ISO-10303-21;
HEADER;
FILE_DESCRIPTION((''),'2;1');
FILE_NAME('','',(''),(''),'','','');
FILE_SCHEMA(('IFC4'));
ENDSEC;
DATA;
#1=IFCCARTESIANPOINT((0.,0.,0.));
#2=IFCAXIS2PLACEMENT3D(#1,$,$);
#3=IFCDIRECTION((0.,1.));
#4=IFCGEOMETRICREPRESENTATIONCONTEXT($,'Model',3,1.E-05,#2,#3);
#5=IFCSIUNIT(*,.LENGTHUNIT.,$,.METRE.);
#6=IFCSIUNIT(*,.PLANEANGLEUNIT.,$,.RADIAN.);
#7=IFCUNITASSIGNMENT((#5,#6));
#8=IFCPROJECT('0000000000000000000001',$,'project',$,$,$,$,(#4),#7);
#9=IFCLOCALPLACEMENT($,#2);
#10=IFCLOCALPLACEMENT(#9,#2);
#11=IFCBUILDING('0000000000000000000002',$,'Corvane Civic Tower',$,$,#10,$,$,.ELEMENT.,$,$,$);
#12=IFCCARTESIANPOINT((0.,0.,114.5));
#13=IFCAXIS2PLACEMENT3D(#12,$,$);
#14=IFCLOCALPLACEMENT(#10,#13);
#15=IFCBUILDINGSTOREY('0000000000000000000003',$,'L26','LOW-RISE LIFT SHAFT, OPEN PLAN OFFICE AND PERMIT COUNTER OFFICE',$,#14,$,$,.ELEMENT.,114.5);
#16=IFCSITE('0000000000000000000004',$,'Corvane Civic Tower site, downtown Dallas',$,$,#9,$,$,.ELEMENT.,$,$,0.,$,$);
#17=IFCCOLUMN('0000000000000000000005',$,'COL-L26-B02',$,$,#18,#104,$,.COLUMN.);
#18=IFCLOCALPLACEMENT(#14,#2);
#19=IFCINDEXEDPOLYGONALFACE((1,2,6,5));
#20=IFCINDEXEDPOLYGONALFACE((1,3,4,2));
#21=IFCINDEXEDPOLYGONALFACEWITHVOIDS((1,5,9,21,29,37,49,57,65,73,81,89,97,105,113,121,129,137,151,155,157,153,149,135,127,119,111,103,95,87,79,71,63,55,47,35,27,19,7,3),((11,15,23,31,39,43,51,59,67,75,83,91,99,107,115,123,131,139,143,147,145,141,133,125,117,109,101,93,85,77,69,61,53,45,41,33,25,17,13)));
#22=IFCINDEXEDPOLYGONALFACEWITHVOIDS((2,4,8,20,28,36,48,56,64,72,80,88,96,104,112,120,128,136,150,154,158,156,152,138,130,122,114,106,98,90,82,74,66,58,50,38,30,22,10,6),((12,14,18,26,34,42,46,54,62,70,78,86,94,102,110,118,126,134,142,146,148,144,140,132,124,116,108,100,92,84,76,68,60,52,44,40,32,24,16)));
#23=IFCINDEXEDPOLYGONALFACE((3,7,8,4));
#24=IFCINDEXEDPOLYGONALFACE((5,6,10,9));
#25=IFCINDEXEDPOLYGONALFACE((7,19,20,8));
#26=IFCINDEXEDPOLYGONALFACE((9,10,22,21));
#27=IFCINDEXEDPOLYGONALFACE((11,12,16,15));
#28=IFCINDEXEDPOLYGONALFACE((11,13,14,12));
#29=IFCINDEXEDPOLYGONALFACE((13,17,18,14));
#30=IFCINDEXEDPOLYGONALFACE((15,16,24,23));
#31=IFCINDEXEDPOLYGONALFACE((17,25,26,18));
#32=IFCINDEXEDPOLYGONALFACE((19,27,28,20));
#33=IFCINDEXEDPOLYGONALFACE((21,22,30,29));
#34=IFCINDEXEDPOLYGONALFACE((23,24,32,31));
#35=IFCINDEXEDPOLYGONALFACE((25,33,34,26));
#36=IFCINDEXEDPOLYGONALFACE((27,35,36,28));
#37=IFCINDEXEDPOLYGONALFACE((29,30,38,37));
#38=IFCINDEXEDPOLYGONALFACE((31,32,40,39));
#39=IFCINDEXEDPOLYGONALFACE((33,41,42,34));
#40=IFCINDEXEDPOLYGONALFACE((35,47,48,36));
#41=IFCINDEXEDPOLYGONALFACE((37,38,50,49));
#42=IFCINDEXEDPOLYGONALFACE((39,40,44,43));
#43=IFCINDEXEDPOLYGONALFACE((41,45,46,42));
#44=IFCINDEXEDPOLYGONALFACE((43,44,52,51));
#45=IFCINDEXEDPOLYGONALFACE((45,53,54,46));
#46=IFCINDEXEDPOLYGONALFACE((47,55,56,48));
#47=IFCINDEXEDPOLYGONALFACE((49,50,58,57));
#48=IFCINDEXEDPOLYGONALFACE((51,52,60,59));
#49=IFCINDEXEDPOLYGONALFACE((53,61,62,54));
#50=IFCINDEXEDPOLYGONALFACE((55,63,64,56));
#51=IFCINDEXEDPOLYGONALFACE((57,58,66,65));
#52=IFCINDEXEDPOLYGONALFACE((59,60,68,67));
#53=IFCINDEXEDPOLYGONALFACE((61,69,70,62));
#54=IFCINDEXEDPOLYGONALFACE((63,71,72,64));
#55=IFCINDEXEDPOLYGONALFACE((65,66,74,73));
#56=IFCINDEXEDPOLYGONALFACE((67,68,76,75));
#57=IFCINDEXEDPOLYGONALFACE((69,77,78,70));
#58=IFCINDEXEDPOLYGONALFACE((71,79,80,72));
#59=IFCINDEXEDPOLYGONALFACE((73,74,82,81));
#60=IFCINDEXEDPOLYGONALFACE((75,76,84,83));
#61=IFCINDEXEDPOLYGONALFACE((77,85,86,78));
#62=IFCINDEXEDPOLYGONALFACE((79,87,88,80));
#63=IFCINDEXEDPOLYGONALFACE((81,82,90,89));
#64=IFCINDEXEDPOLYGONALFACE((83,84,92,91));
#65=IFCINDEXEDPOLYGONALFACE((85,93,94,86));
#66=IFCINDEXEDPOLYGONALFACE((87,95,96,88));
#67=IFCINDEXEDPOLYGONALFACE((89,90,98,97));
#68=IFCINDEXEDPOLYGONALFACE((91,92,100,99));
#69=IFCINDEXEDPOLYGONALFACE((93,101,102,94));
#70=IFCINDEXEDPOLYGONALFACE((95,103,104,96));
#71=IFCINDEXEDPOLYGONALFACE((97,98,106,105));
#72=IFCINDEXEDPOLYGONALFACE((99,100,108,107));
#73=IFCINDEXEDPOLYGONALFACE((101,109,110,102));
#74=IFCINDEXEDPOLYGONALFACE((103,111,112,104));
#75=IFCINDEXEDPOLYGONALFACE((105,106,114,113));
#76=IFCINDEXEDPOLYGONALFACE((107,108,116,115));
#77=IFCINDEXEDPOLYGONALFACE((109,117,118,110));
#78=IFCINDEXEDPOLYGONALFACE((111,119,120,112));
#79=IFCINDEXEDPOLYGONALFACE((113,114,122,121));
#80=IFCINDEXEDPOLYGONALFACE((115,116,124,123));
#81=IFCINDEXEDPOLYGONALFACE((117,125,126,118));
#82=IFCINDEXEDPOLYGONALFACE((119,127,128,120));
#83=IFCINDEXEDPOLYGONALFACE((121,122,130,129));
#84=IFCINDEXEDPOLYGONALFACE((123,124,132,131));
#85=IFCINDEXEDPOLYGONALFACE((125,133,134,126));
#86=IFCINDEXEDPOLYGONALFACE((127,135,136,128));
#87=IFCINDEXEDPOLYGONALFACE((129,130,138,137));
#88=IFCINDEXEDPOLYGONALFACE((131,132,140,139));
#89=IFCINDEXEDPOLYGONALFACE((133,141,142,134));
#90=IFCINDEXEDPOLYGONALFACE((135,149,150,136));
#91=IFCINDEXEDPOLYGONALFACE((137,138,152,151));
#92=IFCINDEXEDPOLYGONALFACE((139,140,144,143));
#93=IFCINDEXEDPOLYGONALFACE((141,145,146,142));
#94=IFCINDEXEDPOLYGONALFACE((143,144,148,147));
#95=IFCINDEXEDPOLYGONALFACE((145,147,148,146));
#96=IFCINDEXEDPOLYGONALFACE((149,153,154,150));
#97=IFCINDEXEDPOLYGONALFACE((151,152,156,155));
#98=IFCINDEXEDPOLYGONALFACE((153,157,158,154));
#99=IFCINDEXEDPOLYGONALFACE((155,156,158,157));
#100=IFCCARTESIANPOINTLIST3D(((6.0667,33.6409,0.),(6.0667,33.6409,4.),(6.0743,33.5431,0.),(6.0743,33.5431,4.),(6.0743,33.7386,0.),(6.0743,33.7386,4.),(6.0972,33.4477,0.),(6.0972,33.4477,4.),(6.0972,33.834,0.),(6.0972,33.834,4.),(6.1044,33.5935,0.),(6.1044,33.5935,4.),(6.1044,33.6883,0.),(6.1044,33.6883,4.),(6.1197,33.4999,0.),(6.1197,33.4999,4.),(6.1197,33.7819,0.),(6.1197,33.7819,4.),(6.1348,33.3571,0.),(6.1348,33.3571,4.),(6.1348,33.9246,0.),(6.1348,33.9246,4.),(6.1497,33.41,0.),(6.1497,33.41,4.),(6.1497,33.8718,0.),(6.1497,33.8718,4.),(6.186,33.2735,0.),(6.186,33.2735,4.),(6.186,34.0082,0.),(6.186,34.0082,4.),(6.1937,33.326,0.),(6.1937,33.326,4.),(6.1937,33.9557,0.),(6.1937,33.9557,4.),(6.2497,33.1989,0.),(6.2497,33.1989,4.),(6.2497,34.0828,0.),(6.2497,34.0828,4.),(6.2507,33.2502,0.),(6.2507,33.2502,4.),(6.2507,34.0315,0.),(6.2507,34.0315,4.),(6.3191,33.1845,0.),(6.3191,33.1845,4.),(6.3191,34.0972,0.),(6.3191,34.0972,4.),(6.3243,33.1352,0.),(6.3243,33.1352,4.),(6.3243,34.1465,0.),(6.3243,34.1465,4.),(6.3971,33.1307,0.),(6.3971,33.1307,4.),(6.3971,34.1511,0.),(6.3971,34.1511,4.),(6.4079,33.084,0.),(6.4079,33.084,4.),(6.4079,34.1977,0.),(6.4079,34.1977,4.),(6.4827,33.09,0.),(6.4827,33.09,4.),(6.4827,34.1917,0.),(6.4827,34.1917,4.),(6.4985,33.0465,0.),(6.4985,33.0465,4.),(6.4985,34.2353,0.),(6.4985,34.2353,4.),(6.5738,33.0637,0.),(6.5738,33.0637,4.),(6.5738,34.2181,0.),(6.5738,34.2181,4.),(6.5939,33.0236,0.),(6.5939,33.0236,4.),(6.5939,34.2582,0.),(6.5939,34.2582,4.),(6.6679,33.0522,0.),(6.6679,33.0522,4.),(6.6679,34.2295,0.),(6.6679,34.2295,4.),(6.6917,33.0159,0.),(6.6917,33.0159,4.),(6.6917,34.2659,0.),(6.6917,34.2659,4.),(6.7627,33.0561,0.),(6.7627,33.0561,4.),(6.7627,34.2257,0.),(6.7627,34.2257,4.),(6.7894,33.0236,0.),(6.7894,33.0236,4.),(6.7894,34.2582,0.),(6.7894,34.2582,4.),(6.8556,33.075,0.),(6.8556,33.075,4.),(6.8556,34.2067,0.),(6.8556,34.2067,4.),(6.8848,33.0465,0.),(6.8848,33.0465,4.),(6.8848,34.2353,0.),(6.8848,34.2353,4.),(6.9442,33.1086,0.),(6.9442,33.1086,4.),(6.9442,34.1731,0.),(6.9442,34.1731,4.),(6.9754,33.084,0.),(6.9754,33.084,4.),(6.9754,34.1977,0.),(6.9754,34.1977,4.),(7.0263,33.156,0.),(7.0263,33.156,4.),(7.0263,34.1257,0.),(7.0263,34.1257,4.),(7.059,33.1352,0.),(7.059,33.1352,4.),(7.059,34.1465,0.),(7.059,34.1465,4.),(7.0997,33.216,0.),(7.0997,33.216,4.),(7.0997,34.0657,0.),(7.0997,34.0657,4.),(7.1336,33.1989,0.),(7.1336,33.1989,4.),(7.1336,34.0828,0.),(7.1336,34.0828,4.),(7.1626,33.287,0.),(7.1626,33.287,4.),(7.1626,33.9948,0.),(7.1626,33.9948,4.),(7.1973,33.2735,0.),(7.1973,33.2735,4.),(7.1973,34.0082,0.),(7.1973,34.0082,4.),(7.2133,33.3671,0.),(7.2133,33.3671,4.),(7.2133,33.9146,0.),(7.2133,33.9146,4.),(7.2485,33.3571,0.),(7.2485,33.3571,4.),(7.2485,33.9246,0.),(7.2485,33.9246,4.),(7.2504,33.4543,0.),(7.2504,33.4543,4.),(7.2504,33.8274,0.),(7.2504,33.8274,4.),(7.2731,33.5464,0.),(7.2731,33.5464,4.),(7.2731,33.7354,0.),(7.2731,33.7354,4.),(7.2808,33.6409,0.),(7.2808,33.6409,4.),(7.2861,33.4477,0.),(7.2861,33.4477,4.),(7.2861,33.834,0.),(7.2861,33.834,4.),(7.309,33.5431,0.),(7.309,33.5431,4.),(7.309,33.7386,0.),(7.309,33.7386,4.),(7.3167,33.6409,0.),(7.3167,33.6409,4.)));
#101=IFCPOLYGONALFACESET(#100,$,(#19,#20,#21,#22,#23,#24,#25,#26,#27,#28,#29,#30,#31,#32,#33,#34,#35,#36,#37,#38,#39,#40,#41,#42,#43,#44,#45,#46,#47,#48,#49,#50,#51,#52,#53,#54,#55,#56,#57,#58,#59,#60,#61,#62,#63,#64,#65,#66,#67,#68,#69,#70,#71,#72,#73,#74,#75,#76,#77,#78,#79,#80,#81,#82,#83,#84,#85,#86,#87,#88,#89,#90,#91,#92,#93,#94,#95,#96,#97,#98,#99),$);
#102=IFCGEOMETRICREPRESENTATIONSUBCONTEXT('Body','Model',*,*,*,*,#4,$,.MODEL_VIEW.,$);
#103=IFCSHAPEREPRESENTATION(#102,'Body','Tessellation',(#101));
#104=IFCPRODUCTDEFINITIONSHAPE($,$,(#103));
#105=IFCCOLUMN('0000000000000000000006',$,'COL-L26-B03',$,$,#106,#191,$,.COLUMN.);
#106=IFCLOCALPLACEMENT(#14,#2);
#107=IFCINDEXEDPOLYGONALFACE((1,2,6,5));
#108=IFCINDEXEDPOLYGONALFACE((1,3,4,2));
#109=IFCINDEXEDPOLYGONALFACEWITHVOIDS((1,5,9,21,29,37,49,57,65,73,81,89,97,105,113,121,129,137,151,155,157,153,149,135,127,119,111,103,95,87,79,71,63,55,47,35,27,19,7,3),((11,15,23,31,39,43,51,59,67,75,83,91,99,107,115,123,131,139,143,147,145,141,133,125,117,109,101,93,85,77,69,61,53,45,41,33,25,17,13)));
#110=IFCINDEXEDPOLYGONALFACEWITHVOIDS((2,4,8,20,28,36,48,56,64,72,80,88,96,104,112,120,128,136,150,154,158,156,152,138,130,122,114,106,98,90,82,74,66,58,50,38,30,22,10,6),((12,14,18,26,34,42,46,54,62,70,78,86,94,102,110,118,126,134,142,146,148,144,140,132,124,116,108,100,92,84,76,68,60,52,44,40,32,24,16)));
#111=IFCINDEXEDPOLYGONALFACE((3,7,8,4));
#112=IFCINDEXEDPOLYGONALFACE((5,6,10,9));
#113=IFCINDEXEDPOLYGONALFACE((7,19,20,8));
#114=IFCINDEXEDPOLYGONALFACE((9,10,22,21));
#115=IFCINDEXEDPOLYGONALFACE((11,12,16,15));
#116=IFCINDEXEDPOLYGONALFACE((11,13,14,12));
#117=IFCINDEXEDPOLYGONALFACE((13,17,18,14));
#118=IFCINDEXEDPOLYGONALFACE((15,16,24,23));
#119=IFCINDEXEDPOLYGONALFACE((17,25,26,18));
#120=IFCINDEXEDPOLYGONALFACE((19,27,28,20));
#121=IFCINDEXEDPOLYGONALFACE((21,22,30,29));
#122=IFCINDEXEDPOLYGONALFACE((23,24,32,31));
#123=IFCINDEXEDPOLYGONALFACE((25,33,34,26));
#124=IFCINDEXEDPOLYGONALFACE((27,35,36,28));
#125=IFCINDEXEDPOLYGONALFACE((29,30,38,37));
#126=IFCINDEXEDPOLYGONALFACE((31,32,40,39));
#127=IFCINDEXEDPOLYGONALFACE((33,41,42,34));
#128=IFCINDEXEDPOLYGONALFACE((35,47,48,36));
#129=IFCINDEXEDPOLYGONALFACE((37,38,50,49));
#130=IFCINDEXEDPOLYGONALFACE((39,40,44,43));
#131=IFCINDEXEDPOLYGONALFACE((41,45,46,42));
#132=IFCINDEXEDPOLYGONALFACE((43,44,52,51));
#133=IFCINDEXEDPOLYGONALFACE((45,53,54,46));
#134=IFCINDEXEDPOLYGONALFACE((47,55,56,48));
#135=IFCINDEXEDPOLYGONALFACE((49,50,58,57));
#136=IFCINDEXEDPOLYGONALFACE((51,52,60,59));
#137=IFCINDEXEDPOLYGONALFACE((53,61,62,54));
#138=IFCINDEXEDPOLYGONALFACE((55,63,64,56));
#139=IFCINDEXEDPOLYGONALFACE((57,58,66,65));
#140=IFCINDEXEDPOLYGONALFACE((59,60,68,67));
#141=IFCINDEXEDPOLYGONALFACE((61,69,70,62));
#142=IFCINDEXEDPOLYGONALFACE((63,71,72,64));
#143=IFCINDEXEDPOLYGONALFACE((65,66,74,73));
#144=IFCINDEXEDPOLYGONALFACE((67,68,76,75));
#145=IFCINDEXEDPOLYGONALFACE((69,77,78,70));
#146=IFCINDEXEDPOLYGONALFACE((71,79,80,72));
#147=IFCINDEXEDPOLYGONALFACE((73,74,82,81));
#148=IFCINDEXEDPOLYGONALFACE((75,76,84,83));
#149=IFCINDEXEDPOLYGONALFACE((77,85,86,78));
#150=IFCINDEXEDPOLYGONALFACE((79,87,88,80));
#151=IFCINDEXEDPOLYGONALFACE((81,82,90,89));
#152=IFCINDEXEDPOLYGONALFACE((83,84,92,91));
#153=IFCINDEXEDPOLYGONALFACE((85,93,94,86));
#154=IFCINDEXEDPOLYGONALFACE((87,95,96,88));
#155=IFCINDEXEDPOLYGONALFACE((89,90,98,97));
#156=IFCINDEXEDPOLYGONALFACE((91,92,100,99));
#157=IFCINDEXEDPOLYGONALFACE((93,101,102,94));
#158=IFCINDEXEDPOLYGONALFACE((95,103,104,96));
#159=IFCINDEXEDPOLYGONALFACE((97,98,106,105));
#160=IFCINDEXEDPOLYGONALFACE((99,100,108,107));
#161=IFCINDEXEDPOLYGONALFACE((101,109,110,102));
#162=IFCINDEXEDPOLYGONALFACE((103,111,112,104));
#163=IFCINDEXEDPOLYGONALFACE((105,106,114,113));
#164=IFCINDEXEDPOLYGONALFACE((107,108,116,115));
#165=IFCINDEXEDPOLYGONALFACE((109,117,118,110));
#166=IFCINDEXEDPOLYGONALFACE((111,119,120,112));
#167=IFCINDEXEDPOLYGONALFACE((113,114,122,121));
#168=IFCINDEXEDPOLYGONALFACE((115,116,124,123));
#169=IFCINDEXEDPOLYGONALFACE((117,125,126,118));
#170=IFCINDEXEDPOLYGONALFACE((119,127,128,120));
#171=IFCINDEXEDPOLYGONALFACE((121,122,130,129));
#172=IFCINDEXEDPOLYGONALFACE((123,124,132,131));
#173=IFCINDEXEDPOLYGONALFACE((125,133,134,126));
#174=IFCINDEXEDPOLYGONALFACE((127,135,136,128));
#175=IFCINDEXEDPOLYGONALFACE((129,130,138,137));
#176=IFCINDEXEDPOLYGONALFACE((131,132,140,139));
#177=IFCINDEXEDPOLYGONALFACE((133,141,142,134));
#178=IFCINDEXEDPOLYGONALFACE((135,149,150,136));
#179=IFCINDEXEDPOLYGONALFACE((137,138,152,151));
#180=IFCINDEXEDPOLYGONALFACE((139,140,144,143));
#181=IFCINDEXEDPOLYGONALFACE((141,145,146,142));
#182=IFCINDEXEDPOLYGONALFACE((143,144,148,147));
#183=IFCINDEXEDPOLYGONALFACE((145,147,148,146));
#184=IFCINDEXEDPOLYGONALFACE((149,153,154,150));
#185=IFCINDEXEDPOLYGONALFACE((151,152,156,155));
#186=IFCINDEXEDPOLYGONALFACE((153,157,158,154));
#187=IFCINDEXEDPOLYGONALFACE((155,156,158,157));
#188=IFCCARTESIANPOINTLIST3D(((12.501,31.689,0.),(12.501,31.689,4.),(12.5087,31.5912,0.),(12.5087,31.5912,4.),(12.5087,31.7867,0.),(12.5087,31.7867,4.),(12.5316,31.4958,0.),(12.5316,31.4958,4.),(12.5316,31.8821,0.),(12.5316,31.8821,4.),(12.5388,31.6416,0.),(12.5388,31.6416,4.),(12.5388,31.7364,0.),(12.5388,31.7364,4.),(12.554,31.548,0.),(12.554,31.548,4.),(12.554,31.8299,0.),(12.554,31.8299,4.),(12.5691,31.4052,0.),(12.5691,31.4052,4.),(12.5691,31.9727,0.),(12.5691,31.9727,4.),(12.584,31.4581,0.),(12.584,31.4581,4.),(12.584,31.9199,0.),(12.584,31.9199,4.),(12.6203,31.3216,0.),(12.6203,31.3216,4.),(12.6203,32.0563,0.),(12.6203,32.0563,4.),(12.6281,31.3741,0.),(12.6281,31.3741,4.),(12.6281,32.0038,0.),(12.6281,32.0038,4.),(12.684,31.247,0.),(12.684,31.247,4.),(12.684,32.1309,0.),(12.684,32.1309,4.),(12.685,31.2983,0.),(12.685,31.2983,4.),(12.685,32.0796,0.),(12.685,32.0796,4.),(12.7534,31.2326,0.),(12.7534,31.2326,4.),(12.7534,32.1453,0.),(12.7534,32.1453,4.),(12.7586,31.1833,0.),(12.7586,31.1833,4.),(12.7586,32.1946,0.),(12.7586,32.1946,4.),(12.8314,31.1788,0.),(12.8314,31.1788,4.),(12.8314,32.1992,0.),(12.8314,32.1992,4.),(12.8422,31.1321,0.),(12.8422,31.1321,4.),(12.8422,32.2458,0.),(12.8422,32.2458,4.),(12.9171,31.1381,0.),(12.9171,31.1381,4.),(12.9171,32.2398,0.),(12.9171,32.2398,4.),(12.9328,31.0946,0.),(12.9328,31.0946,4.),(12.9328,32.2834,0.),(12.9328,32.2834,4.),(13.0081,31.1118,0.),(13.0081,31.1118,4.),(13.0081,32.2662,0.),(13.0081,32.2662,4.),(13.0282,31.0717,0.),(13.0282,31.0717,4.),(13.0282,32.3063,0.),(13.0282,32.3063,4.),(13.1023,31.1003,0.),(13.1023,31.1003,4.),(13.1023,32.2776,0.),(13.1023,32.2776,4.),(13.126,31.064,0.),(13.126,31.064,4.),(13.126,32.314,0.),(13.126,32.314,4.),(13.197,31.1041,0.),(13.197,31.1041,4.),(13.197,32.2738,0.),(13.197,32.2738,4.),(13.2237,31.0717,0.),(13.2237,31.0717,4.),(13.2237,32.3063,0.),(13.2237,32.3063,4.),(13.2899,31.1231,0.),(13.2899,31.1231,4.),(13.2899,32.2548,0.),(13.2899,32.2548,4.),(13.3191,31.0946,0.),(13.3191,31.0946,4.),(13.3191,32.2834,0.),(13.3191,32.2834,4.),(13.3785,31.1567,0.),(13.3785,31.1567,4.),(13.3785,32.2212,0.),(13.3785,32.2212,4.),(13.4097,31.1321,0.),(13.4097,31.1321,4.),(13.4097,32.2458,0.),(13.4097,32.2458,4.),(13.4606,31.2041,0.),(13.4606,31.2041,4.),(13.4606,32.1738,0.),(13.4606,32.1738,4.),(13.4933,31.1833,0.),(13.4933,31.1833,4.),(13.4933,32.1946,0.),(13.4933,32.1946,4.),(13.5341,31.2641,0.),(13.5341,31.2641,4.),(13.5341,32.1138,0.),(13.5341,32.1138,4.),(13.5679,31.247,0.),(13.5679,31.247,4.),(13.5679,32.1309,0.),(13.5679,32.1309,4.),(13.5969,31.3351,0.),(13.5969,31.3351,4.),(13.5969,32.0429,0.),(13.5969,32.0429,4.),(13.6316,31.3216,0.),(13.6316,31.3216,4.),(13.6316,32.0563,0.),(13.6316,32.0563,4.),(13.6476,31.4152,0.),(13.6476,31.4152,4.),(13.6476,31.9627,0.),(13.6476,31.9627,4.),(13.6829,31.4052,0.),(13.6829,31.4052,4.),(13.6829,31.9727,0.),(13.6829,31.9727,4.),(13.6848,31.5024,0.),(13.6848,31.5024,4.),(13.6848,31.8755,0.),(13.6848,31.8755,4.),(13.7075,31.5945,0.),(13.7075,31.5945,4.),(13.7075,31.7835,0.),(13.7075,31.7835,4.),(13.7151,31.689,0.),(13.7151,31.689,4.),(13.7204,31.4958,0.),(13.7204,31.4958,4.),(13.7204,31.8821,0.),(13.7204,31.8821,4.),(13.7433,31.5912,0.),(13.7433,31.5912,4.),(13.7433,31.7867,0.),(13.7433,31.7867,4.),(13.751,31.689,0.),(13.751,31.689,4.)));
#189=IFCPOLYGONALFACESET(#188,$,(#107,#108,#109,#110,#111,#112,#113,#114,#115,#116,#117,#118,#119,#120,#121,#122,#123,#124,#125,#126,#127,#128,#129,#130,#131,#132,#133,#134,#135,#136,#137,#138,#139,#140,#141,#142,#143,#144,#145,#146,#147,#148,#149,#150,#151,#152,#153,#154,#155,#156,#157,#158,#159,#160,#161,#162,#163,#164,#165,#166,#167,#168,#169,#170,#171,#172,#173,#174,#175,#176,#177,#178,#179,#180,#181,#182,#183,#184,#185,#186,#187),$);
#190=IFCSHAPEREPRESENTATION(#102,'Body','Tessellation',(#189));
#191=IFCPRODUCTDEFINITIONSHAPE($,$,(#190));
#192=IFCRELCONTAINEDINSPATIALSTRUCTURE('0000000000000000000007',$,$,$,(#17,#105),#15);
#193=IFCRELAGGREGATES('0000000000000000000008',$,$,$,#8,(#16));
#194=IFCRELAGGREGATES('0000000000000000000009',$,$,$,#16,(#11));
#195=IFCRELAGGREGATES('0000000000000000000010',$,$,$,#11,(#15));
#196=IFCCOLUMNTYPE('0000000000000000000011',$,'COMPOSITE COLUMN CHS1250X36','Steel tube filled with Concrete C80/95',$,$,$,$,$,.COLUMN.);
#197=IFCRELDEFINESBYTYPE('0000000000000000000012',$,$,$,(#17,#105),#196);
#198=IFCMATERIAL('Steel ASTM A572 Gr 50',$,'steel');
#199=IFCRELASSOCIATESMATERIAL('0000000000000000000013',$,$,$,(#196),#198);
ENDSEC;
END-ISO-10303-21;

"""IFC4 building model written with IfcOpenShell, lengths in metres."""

from ifc_helpers import new_model, si_unit, direction, frame, origin, origin_2d, place, context, subcontext, project, spatial, hollow_circle, extrude, material, material_profile, profile_set, type_object, element, save


model = new_model("IFC4")

# Units and contexts
model_context = context("Model", 3, precision=1e-05, world=origin(), true_north=direction((0.0, 1.0)))
body_context = subcontext(model_context, "Body", "Model", "MODEL_VIEW")
ifc_project = project(units=[si_unit("LENGTHUNIT", "METRE"), si_unit("PLANEANGLEUNIT", "RADIAN")], contexts=[model_context])

# Site, building, storey
site_placement = place(None, origin())
site = spatial("IfcSite", under=ifc_project, at=site_placement, Name="Corvane Civic Tower site, downtown Dallas", CompositionType="ELEMENT", RefElevation=0.0)
building_placement = place(site_placement, origin())
building = spatial("IfcBuilding", under=site, at=building_placement, Name="Corvane Civic Tower", CompositionType="ELEMENT")
storey_placement = place(building_placement, frame((0.0, 0.0, 114.5)))
storey = spatial("IfcBuildingStorey", under=building, at=storey_placement, Name="L26", Description="LOW-RISE LIFT SHAFT, OPEN PLAN OFFICE AND PERMIT COUNTER OFFICE", CompositionType="ELEMENT", Elevation=114.5)

# Columns
ifc_material_1 = material(Name="Steel ASTM A572 Gr 50", Category="steel")
ifc_material_profile_1 = material_profile(ifc_material_1, hollow_circle(Radius=0.625, WallThickness=0.0359, at=origin_2d()), Name="CHS1250X36")
ifc_profile_set_1 = profile_set([ifc_material_profile_1], Name="Steel ASTM A572 Gr 50")
column_type = type_object("IfcColumnType", Name="COMPOSITE COLUMN CHS1250X36", Description="Steel tube filled with Concrete C80/95", PredefinedType="COLUMN", material=ifc_profile_set_1)
for number, where, z_axis, x_axis, name in (
    (1, (6.6917, 33.6409, 0.0), (0.0, 0.0, 1.0), (1.0, 0.0, 0.0), "COL-L26-B02"),
    (2, (13.126, 31.689, 0.0), (0.0, 0.0, 1.0), (1.0, 0.0, 0.0), "COL-L26-B03"),
):
    element("IfcColumn", number, at=place(storey_placement, frame(where, z_axis=z_axis, x_axis=x_axis)), inside=storey, type_object=column_type, Name=name, PredefinedType="COLUMN", context=body_context, shape_type="SweptSolid", body=[
        extrude(hollow_circle(Radius=0.625, WallThickness=0.0359, at=origin_2d()), origin(), (0.0, 0.0, 1.0), 4.0),
    ])

save(model, "model.ifc")
